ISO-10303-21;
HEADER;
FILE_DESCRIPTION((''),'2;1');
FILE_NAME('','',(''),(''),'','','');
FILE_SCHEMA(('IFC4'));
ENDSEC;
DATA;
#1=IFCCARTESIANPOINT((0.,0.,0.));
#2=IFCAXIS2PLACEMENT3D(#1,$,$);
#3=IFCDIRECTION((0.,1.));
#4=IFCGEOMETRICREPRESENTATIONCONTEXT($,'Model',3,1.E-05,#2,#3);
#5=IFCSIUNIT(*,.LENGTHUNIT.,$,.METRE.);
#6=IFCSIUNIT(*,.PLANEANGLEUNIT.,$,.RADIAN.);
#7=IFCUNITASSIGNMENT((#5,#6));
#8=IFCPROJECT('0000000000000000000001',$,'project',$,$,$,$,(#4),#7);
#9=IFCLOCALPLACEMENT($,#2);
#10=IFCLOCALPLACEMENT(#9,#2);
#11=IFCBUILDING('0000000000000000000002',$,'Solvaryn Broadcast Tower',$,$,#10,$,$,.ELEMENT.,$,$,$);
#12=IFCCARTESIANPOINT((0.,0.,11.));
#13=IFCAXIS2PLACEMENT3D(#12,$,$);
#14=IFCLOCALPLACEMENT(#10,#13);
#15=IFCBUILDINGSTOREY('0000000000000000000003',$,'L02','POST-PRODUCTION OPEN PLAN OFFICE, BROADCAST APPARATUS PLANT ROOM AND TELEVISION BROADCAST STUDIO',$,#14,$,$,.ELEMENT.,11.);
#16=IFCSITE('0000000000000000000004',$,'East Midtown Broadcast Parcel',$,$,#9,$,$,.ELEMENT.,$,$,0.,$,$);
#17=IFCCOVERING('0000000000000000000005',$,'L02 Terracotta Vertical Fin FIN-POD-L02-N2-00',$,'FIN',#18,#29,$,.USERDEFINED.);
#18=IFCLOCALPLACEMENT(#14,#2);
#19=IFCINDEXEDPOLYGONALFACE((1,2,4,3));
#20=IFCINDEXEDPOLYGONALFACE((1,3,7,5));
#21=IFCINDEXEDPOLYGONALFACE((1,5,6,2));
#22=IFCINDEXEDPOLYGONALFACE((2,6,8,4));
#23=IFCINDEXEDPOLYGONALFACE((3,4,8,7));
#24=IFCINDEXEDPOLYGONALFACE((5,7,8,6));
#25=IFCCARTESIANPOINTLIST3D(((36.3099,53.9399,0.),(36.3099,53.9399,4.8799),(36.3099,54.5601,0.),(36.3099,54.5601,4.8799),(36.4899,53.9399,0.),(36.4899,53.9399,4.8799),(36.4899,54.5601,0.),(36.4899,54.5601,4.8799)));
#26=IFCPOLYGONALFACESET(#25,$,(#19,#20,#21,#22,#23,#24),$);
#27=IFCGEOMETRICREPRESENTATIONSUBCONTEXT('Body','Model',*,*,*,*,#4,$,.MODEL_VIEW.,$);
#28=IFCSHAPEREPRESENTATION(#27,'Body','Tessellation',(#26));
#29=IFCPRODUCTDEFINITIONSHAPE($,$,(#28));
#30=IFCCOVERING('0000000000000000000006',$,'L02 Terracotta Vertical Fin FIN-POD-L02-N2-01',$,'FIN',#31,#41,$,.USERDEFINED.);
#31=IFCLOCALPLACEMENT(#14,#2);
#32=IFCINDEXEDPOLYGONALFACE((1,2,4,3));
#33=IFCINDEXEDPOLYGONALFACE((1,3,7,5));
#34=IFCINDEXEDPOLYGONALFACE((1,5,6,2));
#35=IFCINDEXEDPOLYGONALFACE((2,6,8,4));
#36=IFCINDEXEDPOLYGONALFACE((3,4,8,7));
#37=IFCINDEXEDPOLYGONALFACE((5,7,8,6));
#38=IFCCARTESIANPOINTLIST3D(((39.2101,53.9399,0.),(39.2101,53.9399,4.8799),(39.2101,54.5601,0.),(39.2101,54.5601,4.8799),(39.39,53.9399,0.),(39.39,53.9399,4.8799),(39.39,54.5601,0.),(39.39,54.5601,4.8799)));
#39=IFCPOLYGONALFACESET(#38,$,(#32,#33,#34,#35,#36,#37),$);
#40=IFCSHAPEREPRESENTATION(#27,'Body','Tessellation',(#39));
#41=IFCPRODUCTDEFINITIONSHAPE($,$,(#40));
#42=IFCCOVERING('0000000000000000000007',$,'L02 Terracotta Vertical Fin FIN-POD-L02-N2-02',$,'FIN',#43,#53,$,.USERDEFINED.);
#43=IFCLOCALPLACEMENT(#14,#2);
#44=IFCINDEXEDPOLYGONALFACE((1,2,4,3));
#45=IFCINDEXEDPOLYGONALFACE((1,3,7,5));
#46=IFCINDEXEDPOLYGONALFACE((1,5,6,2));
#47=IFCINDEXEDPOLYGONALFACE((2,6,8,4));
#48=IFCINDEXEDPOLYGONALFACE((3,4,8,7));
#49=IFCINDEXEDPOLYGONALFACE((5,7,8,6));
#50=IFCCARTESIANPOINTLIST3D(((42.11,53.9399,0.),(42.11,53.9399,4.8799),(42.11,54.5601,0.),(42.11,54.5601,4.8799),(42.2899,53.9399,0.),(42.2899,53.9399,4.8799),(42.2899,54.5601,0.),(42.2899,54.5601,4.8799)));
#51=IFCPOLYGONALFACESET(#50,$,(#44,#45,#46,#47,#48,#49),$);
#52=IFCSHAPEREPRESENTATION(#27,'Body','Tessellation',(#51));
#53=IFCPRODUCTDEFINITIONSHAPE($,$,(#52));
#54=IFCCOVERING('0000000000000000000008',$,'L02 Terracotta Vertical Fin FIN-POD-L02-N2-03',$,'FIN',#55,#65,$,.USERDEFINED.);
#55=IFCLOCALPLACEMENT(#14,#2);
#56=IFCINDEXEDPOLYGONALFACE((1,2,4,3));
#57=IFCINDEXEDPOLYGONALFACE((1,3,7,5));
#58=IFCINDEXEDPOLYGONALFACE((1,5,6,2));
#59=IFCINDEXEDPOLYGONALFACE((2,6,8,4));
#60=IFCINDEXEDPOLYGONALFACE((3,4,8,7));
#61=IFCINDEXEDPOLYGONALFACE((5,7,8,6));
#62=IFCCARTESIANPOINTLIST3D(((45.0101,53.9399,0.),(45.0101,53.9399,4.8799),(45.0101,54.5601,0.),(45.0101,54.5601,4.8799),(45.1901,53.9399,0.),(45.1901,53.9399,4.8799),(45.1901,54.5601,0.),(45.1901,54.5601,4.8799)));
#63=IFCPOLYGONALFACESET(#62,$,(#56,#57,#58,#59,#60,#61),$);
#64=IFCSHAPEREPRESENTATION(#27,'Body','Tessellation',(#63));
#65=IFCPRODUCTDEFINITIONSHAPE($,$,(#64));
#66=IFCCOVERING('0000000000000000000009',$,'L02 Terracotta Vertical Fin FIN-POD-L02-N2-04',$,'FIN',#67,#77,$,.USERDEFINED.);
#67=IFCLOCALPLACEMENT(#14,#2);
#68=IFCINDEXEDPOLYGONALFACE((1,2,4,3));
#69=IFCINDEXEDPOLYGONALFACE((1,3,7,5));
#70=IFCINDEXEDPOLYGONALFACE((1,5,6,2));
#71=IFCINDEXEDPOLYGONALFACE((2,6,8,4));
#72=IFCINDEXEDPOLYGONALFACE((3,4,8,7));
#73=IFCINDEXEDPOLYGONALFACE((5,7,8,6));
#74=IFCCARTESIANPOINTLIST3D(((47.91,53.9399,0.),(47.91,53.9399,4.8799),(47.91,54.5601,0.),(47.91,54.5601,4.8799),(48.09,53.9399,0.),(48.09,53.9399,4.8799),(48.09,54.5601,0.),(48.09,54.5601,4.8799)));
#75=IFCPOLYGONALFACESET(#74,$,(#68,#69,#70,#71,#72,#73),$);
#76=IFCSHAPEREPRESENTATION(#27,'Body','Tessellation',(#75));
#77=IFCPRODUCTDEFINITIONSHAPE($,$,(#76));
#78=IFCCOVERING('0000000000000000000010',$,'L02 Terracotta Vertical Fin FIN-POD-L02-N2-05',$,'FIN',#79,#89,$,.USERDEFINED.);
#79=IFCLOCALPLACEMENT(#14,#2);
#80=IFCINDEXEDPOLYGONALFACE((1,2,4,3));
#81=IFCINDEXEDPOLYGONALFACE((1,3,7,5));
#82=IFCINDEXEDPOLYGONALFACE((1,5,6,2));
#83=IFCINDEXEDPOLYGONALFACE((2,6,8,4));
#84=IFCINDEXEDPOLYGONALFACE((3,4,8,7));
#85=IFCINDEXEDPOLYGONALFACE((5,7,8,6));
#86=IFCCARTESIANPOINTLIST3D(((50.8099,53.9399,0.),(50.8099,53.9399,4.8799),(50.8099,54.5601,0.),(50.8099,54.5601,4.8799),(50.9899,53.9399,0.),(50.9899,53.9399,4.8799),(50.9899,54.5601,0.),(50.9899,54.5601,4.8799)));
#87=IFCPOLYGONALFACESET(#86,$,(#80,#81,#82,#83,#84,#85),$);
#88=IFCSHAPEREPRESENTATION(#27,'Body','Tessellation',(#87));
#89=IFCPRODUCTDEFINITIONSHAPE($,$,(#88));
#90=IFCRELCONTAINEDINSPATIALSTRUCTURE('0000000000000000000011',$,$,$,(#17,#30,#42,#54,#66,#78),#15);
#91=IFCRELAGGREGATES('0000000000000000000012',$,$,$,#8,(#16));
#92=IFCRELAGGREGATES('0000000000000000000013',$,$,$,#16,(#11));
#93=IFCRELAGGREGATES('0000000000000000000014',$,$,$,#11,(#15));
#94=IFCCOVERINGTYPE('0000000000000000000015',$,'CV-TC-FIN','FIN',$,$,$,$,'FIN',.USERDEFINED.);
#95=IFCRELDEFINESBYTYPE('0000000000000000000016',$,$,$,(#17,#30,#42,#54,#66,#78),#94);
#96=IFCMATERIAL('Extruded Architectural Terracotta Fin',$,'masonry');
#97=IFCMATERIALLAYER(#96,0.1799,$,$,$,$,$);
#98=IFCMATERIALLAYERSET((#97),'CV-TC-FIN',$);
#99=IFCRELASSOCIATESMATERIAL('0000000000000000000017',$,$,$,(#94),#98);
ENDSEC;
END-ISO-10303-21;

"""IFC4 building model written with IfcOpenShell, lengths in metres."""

from ifc_helpers import new_model, si_unit, direction, frame, origin, origin_2d, place, context, subcontext, project, spatial, rectangle, extrude, material, layer, layer_set, type_object, element, save


model = new_model("IFC4")

# Units and contexts
model_context = context("Model", 3, precision=1e-05, world=origin(), true_north=direction((0.0, 1.0)))
body_context = subcontext(model_context, "Body", "Model", "MODEL_VIEW")
ifc_project = project(units=[si_unit("LENGTHUNIT", "METRE"), si_unit("PLANEANGLEUNIT", "RADIAN")], contexts=[model_context])

# Site, building, storey
site_placement = place(None, origin())
site = spatial("IfcSite", under=ifc_project, at=site_placement, Name="East Midtown Broadcast Parcel", CompositionType="ELEMENT", RefElevation=0.0)
building_placement = place(site_placement, origin())
building = spatial("IfcBuilding", under=site, at=building_placement, Name="Solvaryn Broadcast Tower", CompositionType="ELEMENT")
storey_placement = place(building_placement, frame((0.0, 0.0, 11.0)))
storey = spatial("IfcBuildingStorey", under=building, at=storey_placement, Name="L02", Description="POST-PRODUCTION OPEN PLAN OFFICE, BROADCAST APPARATUS PLANT ROOM AND TELEVISION BROADCAST STUDIO", CompositionType="ELEMENT", Elevation=11.0)

# Coverings
ifc_material_1 = material(Name="Extruded Architectural Terracotta Fin", Category="masonry")
ifc_layer_1 = layer(ifc_material_1, 0.1799)
ifc_layer_set_1 = layer_set([ifc_layer_1], Name="CV-TC-FIN")
covering_type = type_object("IfcCoveringType", Name="CV-TC-FIN", Description="FIN", ElementType="FIN", PredefinedType="USERDEFINED", material=ifc_layer_set_1)
for number, where, z_axis, x_axis, name in (
    (1, (36.3999, 54.25, 0.0), (0.0, 0.0, 1.0), (1.0, 0.0, 0.0), "L02 Terracotta Vertical Fin FIN-POD-L02-N2-00"),
    (2, (39.3, 54.25, 0.0), (0.0, 0.0, 1.0), (1.0, 0.0, 0.0), "L02 Terracotta Vertical Fin FIN-POD-L02-N2-01"),
    (3, (42.2, 54.25, 0.0), (0.0, 0.0, 1.0), (1.0, 0.0, 0.0), "L02 Terracotta Vertical Fin FIN-POD-L02-N2-02"),
    (4, (45.1001, 54.25, 0.0), (0.0, 0.0, 1.0), (1.0, 0.0, 0.0), "L02 Terracotta Vertical Fin FIN-POD-L02-N2-03"),
    (5, (48.0, 54.25, 0.0), (0.0, 0.0, 1.0), (1.0, 0.0, 0.0), "L02 Terracotta Vertical Fin FIN-POD-L02-N2-04"),
    (6, (50.8999, 54.25, 0.0), (0.0, 0.0, 1.0), (1.0, 0.0, 0.0), "L02 Terracotta Vertical Fin FIN-POD-L02-N2-05"),
):
    element("IfcCovering", number, at=place(storey_placement, frame(where, z_axis=z_axis, x_axis=x_axis)), inside=storey, type_object=covering_type, Name=name, ObjectType="FIN", PredefinedType="USERDEFINED", context=body_context, shape_type="SweptSolid", body=[
        extrude(rectangle(XDim=0.1799, YDim=0.6201, at=origin_2d()), origin(), (0.0, 0.0, 1.0), 4.8799),
    ])

save(model, "model.ifc")
